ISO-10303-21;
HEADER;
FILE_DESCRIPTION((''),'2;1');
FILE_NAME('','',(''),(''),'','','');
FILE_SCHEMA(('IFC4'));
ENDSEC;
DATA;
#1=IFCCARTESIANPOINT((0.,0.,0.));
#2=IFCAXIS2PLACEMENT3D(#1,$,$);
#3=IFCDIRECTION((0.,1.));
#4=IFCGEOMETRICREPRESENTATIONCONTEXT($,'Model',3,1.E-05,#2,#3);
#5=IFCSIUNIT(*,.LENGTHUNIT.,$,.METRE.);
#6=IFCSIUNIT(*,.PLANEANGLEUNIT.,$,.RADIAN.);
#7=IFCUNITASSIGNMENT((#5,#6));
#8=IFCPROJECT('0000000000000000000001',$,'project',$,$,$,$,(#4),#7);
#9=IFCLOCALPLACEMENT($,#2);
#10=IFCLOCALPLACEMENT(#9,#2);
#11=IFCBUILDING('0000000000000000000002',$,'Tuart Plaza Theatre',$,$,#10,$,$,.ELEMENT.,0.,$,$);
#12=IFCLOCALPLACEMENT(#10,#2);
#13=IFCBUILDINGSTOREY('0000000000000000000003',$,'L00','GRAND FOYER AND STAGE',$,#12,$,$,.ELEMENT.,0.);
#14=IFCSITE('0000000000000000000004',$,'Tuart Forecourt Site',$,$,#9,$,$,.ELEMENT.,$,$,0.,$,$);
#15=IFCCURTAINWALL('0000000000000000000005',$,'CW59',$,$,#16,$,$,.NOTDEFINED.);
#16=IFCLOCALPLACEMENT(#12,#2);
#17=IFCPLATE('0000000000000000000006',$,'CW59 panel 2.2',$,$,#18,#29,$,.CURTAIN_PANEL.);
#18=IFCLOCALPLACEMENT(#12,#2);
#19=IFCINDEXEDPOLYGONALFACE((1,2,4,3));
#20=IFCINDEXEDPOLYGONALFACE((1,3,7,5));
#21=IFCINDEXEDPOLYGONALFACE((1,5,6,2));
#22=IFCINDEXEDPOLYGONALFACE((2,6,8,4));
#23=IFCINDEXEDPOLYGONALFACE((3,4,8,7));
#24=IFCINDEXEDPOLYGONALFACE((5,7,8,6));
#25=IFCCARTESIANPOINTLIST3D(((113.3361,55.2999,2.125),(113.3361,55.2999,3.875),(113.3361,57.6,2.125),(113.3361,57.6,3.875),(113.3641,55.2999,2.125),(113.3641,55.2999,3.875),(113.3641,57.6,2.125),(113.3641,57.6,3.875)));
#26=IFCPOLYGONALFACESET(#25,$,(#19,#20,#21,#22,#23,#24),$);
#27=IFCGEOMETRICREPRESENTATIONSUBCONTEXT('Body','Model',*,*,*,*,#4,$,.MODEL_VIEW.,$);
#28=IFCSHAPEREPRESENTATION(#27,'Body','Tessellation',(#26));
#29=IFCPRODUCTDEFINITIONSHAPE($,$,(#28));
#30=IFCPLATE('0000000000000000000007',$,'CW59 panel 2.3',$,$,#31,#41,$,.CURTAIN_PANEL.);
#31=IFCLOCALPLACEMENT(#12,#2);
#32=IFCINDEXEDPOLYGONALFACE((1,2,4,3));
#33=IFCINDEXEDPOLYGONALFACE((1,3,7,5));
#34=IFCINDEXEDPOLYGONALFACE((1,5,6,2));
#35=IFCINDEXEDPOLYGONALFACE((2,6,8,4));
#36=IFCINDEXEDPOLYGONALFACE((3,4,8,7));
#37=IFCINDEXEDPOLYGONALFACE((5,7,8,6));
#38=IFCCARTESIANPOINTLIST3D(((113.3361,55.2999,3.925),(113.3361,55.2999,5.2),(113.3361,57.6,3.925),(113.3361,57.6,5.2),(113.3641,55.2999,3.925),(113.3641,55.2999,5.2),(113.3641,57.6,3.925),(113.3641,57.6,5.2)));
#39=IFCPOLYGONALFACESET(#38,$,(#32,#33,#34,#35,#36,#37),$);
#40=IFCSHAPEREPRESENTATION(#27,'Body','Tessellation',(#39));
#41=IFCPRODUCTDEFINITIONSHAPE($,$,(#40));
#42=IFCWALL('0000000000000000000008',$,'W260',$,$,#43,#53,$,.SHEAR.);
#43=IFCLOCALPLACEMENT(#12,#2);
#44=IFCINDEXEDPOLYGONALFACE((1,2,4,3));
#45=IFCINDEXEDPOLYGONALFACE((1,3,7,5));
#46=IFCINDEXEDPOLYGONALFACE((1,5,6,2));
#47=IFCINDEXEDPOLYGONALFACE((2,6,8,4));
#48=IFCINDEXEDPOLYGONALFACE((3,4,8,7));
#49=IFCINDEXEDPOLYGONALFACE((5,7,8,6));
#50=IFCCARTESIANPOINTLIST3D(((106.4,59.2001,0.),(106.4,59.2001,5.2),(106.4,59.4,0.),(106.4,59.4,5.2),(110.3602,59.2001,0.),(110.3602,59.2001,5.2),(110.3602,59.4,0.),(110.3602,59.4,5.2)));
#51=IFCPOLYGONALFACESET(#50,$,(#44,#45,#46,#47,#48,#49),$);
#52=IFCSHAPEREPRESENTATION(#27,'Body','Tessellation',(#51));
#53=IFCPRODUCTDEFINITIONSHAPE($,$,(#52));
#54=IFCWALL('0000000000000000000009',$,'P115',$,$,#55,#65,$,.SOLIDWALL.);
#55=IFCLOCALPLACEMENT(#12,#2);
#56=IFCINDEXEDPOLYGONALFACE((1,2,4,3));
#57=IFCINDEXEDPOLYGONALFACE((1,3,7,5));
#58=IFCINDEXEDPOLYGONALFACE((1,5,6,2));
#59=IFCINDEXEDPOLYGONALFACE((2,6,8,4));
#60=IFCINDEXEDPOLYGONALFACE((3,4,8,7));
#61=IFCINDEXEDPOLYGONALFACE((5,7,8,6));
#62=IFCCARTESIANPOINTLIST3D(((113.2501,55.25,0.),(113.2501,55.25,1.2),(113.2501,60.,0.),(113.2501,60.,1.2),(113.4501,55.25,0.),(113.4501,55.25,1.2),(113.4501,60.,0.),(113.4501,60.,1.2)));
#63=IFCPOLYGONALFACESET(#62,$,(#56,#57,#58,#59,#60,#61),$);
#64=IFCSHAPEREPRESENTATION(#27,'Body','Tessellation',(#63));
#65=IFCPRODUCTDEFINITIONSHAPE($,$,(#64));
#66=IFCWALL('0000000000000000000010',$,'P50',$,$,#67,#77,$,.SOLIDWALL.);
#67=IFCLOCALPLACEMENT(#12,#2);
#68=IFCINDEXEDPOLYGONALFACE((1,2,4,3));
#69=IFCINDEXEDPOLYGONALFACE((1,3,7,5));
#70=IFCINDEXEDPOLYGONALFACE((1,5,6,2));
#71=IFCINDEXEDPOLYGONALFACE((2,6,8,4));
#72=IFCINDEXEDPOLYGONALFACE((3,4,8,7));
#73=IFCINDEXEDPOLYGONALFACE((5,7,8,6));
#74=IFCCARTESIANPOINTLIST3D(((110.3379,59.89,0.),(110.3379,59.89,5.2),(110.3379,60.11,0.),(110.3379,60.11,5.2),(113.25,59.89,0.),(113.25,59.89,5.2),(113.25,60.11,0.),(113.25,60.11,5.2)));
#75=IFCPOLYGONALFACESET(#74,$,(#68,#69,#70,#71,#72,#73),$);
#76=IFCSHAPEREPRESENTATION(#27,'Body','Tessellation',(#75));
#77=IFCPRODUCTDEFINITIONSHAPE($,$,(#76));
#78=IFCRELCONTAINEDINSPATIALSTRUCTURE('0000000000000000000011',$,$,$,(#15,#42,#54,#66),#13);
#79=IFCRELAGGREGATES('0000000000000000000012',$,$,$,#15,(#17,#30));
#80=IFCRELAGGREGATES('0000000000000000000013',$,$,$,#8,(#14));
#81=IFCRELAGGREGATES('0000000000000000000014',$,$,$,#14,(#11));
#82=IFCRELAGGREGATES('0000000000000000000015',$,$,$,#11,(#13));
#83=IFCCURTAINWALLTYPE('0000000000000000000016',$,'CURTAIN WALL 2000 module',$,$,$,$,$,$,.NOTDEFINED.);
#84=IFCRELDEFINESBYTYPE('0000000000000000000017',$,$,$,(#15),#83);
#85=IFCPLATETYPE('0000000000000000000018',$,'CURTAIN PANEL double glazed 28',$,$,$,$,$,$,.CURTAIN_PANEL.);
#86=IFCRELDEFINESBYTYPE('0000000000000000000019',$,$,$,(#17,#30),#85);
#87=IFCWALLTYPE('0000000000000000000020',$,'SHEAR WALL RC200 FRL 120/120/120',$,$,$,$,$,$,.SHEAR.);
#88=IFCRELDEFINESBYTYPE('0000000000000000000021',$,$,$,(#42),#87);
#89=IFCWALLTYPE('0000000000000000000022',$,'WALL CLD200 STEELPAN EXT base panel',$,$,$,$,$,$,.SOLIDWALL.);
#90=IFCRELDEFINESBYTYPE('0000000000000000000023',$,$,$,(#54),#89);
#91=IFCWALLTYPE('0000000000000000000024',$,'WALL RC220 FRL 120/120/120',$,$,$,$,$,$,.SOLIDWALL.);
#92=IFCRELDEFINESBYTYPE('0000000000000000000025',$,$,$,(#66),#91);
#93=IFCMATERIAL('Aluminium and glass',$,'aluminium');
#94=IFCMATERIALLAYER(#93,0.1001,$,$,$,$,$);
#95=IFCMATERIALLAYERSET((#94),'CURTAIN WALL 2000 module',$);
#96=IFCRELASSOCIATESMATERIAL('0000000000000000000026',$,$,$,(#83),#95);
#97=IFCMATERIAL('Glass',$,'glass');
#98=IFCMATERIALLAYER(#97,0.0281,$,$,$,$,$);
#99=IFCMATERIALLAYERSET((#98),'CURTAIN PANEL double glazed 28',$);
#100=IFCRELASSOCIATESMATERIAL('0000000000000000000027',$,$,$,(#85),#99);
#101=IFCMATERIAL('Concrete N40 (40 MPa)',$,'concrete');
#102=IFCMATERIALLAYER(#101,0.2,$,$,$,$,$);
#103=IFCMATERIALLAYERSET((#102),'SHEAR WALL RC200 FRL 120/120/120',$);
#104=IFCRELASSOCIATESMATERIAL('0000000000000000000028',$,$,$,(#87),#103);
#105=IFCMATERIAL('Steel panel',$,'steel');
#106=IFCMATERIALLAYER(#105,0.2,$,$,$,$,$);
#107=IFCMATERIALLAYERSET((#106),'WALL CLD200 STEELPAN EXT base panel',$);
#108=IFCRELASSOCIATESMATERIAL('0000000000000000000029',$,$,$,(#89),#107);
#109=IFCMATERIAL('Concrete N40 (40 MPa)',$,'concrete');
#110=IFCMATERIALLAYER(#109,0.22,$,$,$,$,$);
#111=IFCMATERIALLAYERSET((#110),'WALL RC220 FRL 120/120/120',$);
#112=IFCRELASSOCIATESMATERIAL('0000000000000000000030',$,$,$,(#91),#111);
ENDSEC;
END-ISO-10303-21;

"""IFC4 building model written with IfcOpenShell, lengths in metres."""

from ifc_helpers import new_model, si_unit, direction, frame, frame_2d, origin, origin_2d, place, context, subcontext, project, spatial, rectangle, extrude, material, layer, layer_set, type_object, element, aggregate, save


model = new_model("IFC4")

# Units and contexts
model_context = context("Model", 3, precision=1e-05, world=origin(), true_north=direction((0.0, 1.0)))
body_context = subcontext(model_context, "Body", "Model", "MODEL_VIEW")
ifc_project = project(units=[si_unit("LENGTHUNIT", "METRE"), si_unit("PLANEANGLEUNIT", "RADIAN")], contexts=[model_context])

# Site, building, storey
site_placement = place(None, origin())
site = spatial("IfcSite", under=ifc_project, at=site_placement, Name="Tuart Forecourt Site", CompositionType="ELEMENT", RefElevation=0.0)
building_placement = place(site_placement, origin())
building = spatial("IfcBuilding", under=site, at=building_placement, Name="Tuart Plaza Theatre", CompositionType="ELEMENT", ElevationOfRefHeight=0.0)
storey_placement = place(building_placement, origin())
storey = spatial("IfcBuildingStorey", under=building, at=storey_placement, Name="L00", Description="GRAND FOYER AND STAGE", CompositionType="ELEMENT", Elevation=0.0)

# Curtain wall, plates
ifc_material_1 = material(Name="Aluminium and glass", Category="aluminium")
ifc_layer_1 = layer(ifc_material_1, 0.1001)
ifc_layer_set_1 = layer_set([ifc_layer_1], Name="CURTAIN WALL 2000 module")
curtain_wall_type = type_object("IfcCurtainWallType", Name="CURTAIN WALL 2000 module", PredefinedType="NOTDEFINED", material=ifc_layer_set_1)
curtain_wall_placement = place(storey_placement, origin())
curtain_wall = element("IfcCurtainWall", 1, at=curtain_wall_placement, inside=storey, type_object=curtain_wall_type, Name="CW59", PredefinedType="NOTDEFINED")
ifc_material_2 = material(Name="Glass", Category="glass")
ifc_layer_2 = layer(ifc_material_2, 0.0281)
ifc_layer_set_2 = layer_set([ifc_layer_2], Name="CURTAIN PANEL double glazed 28")
plate_type = type_object("IfcPlateType", Name="CURTAIN PANEL double glazed 28", PredefinedType="CURTAIN_PANEL", material=ifc_layer_set_2)
plate_1_placement = place(storey_placement, frame((113.3501, 56.45, 2.125), z_axis=(0.0, 0.0, 1.0), x_axis=(0.0, -1.0, 0.0)))
plate_1 = element("IfcPlate", 2, at=plate_1_placement, type_object=plate_type, Name="CW59 panel 2.2", PredefinedType="CURTAIN_PANEL", context=body_context, shape_type="SweptSolid", body=[
    extrude(rectangle(XDim=2.3, YDim=0.0281, at=origin_2d()), origin(), (0.0, 0.0, 1.0), 1.75),
])
plate_2_placement = place(storey_placement, frame((113.3501, 56.45, 3.925), z_axis=(0.0, 0.0, 1.0), x_axis=(0.0, -1.0, 0.0)))
plate_2 = element("IfcPlate", 3, at=plate_2_placement, type_object=plate_type, Name="CW59 panel 2.3", PredefinedType="CURTAIN_PANEL", context=body_context, shape_type="SweptSolid", body=[
    extrude(rectangle(XDim=2.3, YDim=0.0281, at=origin_2d()), origin(), (0.0, 0.0, 1.0), 1.2749),
])
aggregate(curtain_wall, [plate_1, plate_2])

# Walls
ifc_material_3 = material(Name="Concrete N40 (40 MPa)", Category="concrete")
ifc_layer_3 = layer(ifc_material_3, 0.2)
ifc_layer_set_3 = layer_set([ifc_layer_3], Name="SHEAR WALL RC200 FRL 120/120/120")
wall_type_1 = type_object("IfcWallType", Name="SHEAR WALL RC200 FRL 120/120/120", PredefinedType="SHEAR", material=ifc_layer_set_3)
wall_1_placement = place(storey_placement, frame((110.3601, 59.3, 0.0), z_axis=(0.0, 0.0, 1.0), x_axis=(-1.0, 0.0, 0.0)))
element("IfcWall", 4, at=wall_1_placement, inside=storey, type_object=wall_type_1, Name="W260", PredefinedType="SHEAR", context=body_context, shape_type="SweptSolid", body=[
    extrude(rectangle(XDim=3.9602, YDim=0.2, at=frame_2d((1.98, 0.0))), origin(), (0.0, 0.0, 1.0), 5.2),
])
ifc_material_4 = material(Name="Steel panel", Category="steel")
ifc_layer_4 = layer(ifc_material_4, 0.2)
ifc_layer_set_4 = layer_set([ifc_layer_4], Name="WALL CLD200 STEELPAN EXT base panel")
wall_type_2 = type_object("IfcWallType", Name="WALL CLD200 STEELPAN EXT base panel", PredefinedType="SOLIDWALL", material=ifc_layer_set_4)
wall_2_placement = place(storey_placement, frame((113.3501, 60.0, 0.0), z_axis=(0.0, 0.0, 1.0), x_axis=(0.0, -1.0, 0.0)))
element("IfcWall", 5, at=wall_2_placement, inside=storey, type_object=wall_type_2, Name="P115", PredefinedType="SOLIDWALL", context=body_context, shape_type="SweptSolid", body=[
    extrude(rectangle(XDim=4.75, YDim=0.2, at=frame_2d((2.375, 0.0))), origin(), (0.0, 0.0, 1.0), 1.2),
])
ifc_material_5 = material(Name="Concrete N40 (40 MPa)", Category="concrete")
ifc_layer_5 = layer(ifc_material_5, 0.22)
ifc_layer_set_5 = layer_set([ifc_layer_5], Name="WALL RC220 FRL 120/120/120")
wall_type_3 = type_object("IfcWallType", Name="WALL RC220 FRL 120/120/120", PredefinedType="SOLIDWALL", material=ifc_layer_set_5)
wall_3_placement = place(storey_placement, frame((110.3379, 60.0, 0.0), z_axis=(0.0, 0.0, 1.0), x_axis=(1.0, 0.0, 0.0)))
element("IfcWall", 6, at=wall_3_placement, inside=storey, type_object=wall_type_3, Name="P50", PredefinedType="SOLIDWALL", context=body_context, shape_type="SweptSolid", body=[
    extrude(rectangle(XDim=2.9121, YDim=0.22, at=frame_2d((1.4561, 0.0))), origin(), (0.0, 0.0, 1.0), 5.2),
])

save(model, "model.ifc")
